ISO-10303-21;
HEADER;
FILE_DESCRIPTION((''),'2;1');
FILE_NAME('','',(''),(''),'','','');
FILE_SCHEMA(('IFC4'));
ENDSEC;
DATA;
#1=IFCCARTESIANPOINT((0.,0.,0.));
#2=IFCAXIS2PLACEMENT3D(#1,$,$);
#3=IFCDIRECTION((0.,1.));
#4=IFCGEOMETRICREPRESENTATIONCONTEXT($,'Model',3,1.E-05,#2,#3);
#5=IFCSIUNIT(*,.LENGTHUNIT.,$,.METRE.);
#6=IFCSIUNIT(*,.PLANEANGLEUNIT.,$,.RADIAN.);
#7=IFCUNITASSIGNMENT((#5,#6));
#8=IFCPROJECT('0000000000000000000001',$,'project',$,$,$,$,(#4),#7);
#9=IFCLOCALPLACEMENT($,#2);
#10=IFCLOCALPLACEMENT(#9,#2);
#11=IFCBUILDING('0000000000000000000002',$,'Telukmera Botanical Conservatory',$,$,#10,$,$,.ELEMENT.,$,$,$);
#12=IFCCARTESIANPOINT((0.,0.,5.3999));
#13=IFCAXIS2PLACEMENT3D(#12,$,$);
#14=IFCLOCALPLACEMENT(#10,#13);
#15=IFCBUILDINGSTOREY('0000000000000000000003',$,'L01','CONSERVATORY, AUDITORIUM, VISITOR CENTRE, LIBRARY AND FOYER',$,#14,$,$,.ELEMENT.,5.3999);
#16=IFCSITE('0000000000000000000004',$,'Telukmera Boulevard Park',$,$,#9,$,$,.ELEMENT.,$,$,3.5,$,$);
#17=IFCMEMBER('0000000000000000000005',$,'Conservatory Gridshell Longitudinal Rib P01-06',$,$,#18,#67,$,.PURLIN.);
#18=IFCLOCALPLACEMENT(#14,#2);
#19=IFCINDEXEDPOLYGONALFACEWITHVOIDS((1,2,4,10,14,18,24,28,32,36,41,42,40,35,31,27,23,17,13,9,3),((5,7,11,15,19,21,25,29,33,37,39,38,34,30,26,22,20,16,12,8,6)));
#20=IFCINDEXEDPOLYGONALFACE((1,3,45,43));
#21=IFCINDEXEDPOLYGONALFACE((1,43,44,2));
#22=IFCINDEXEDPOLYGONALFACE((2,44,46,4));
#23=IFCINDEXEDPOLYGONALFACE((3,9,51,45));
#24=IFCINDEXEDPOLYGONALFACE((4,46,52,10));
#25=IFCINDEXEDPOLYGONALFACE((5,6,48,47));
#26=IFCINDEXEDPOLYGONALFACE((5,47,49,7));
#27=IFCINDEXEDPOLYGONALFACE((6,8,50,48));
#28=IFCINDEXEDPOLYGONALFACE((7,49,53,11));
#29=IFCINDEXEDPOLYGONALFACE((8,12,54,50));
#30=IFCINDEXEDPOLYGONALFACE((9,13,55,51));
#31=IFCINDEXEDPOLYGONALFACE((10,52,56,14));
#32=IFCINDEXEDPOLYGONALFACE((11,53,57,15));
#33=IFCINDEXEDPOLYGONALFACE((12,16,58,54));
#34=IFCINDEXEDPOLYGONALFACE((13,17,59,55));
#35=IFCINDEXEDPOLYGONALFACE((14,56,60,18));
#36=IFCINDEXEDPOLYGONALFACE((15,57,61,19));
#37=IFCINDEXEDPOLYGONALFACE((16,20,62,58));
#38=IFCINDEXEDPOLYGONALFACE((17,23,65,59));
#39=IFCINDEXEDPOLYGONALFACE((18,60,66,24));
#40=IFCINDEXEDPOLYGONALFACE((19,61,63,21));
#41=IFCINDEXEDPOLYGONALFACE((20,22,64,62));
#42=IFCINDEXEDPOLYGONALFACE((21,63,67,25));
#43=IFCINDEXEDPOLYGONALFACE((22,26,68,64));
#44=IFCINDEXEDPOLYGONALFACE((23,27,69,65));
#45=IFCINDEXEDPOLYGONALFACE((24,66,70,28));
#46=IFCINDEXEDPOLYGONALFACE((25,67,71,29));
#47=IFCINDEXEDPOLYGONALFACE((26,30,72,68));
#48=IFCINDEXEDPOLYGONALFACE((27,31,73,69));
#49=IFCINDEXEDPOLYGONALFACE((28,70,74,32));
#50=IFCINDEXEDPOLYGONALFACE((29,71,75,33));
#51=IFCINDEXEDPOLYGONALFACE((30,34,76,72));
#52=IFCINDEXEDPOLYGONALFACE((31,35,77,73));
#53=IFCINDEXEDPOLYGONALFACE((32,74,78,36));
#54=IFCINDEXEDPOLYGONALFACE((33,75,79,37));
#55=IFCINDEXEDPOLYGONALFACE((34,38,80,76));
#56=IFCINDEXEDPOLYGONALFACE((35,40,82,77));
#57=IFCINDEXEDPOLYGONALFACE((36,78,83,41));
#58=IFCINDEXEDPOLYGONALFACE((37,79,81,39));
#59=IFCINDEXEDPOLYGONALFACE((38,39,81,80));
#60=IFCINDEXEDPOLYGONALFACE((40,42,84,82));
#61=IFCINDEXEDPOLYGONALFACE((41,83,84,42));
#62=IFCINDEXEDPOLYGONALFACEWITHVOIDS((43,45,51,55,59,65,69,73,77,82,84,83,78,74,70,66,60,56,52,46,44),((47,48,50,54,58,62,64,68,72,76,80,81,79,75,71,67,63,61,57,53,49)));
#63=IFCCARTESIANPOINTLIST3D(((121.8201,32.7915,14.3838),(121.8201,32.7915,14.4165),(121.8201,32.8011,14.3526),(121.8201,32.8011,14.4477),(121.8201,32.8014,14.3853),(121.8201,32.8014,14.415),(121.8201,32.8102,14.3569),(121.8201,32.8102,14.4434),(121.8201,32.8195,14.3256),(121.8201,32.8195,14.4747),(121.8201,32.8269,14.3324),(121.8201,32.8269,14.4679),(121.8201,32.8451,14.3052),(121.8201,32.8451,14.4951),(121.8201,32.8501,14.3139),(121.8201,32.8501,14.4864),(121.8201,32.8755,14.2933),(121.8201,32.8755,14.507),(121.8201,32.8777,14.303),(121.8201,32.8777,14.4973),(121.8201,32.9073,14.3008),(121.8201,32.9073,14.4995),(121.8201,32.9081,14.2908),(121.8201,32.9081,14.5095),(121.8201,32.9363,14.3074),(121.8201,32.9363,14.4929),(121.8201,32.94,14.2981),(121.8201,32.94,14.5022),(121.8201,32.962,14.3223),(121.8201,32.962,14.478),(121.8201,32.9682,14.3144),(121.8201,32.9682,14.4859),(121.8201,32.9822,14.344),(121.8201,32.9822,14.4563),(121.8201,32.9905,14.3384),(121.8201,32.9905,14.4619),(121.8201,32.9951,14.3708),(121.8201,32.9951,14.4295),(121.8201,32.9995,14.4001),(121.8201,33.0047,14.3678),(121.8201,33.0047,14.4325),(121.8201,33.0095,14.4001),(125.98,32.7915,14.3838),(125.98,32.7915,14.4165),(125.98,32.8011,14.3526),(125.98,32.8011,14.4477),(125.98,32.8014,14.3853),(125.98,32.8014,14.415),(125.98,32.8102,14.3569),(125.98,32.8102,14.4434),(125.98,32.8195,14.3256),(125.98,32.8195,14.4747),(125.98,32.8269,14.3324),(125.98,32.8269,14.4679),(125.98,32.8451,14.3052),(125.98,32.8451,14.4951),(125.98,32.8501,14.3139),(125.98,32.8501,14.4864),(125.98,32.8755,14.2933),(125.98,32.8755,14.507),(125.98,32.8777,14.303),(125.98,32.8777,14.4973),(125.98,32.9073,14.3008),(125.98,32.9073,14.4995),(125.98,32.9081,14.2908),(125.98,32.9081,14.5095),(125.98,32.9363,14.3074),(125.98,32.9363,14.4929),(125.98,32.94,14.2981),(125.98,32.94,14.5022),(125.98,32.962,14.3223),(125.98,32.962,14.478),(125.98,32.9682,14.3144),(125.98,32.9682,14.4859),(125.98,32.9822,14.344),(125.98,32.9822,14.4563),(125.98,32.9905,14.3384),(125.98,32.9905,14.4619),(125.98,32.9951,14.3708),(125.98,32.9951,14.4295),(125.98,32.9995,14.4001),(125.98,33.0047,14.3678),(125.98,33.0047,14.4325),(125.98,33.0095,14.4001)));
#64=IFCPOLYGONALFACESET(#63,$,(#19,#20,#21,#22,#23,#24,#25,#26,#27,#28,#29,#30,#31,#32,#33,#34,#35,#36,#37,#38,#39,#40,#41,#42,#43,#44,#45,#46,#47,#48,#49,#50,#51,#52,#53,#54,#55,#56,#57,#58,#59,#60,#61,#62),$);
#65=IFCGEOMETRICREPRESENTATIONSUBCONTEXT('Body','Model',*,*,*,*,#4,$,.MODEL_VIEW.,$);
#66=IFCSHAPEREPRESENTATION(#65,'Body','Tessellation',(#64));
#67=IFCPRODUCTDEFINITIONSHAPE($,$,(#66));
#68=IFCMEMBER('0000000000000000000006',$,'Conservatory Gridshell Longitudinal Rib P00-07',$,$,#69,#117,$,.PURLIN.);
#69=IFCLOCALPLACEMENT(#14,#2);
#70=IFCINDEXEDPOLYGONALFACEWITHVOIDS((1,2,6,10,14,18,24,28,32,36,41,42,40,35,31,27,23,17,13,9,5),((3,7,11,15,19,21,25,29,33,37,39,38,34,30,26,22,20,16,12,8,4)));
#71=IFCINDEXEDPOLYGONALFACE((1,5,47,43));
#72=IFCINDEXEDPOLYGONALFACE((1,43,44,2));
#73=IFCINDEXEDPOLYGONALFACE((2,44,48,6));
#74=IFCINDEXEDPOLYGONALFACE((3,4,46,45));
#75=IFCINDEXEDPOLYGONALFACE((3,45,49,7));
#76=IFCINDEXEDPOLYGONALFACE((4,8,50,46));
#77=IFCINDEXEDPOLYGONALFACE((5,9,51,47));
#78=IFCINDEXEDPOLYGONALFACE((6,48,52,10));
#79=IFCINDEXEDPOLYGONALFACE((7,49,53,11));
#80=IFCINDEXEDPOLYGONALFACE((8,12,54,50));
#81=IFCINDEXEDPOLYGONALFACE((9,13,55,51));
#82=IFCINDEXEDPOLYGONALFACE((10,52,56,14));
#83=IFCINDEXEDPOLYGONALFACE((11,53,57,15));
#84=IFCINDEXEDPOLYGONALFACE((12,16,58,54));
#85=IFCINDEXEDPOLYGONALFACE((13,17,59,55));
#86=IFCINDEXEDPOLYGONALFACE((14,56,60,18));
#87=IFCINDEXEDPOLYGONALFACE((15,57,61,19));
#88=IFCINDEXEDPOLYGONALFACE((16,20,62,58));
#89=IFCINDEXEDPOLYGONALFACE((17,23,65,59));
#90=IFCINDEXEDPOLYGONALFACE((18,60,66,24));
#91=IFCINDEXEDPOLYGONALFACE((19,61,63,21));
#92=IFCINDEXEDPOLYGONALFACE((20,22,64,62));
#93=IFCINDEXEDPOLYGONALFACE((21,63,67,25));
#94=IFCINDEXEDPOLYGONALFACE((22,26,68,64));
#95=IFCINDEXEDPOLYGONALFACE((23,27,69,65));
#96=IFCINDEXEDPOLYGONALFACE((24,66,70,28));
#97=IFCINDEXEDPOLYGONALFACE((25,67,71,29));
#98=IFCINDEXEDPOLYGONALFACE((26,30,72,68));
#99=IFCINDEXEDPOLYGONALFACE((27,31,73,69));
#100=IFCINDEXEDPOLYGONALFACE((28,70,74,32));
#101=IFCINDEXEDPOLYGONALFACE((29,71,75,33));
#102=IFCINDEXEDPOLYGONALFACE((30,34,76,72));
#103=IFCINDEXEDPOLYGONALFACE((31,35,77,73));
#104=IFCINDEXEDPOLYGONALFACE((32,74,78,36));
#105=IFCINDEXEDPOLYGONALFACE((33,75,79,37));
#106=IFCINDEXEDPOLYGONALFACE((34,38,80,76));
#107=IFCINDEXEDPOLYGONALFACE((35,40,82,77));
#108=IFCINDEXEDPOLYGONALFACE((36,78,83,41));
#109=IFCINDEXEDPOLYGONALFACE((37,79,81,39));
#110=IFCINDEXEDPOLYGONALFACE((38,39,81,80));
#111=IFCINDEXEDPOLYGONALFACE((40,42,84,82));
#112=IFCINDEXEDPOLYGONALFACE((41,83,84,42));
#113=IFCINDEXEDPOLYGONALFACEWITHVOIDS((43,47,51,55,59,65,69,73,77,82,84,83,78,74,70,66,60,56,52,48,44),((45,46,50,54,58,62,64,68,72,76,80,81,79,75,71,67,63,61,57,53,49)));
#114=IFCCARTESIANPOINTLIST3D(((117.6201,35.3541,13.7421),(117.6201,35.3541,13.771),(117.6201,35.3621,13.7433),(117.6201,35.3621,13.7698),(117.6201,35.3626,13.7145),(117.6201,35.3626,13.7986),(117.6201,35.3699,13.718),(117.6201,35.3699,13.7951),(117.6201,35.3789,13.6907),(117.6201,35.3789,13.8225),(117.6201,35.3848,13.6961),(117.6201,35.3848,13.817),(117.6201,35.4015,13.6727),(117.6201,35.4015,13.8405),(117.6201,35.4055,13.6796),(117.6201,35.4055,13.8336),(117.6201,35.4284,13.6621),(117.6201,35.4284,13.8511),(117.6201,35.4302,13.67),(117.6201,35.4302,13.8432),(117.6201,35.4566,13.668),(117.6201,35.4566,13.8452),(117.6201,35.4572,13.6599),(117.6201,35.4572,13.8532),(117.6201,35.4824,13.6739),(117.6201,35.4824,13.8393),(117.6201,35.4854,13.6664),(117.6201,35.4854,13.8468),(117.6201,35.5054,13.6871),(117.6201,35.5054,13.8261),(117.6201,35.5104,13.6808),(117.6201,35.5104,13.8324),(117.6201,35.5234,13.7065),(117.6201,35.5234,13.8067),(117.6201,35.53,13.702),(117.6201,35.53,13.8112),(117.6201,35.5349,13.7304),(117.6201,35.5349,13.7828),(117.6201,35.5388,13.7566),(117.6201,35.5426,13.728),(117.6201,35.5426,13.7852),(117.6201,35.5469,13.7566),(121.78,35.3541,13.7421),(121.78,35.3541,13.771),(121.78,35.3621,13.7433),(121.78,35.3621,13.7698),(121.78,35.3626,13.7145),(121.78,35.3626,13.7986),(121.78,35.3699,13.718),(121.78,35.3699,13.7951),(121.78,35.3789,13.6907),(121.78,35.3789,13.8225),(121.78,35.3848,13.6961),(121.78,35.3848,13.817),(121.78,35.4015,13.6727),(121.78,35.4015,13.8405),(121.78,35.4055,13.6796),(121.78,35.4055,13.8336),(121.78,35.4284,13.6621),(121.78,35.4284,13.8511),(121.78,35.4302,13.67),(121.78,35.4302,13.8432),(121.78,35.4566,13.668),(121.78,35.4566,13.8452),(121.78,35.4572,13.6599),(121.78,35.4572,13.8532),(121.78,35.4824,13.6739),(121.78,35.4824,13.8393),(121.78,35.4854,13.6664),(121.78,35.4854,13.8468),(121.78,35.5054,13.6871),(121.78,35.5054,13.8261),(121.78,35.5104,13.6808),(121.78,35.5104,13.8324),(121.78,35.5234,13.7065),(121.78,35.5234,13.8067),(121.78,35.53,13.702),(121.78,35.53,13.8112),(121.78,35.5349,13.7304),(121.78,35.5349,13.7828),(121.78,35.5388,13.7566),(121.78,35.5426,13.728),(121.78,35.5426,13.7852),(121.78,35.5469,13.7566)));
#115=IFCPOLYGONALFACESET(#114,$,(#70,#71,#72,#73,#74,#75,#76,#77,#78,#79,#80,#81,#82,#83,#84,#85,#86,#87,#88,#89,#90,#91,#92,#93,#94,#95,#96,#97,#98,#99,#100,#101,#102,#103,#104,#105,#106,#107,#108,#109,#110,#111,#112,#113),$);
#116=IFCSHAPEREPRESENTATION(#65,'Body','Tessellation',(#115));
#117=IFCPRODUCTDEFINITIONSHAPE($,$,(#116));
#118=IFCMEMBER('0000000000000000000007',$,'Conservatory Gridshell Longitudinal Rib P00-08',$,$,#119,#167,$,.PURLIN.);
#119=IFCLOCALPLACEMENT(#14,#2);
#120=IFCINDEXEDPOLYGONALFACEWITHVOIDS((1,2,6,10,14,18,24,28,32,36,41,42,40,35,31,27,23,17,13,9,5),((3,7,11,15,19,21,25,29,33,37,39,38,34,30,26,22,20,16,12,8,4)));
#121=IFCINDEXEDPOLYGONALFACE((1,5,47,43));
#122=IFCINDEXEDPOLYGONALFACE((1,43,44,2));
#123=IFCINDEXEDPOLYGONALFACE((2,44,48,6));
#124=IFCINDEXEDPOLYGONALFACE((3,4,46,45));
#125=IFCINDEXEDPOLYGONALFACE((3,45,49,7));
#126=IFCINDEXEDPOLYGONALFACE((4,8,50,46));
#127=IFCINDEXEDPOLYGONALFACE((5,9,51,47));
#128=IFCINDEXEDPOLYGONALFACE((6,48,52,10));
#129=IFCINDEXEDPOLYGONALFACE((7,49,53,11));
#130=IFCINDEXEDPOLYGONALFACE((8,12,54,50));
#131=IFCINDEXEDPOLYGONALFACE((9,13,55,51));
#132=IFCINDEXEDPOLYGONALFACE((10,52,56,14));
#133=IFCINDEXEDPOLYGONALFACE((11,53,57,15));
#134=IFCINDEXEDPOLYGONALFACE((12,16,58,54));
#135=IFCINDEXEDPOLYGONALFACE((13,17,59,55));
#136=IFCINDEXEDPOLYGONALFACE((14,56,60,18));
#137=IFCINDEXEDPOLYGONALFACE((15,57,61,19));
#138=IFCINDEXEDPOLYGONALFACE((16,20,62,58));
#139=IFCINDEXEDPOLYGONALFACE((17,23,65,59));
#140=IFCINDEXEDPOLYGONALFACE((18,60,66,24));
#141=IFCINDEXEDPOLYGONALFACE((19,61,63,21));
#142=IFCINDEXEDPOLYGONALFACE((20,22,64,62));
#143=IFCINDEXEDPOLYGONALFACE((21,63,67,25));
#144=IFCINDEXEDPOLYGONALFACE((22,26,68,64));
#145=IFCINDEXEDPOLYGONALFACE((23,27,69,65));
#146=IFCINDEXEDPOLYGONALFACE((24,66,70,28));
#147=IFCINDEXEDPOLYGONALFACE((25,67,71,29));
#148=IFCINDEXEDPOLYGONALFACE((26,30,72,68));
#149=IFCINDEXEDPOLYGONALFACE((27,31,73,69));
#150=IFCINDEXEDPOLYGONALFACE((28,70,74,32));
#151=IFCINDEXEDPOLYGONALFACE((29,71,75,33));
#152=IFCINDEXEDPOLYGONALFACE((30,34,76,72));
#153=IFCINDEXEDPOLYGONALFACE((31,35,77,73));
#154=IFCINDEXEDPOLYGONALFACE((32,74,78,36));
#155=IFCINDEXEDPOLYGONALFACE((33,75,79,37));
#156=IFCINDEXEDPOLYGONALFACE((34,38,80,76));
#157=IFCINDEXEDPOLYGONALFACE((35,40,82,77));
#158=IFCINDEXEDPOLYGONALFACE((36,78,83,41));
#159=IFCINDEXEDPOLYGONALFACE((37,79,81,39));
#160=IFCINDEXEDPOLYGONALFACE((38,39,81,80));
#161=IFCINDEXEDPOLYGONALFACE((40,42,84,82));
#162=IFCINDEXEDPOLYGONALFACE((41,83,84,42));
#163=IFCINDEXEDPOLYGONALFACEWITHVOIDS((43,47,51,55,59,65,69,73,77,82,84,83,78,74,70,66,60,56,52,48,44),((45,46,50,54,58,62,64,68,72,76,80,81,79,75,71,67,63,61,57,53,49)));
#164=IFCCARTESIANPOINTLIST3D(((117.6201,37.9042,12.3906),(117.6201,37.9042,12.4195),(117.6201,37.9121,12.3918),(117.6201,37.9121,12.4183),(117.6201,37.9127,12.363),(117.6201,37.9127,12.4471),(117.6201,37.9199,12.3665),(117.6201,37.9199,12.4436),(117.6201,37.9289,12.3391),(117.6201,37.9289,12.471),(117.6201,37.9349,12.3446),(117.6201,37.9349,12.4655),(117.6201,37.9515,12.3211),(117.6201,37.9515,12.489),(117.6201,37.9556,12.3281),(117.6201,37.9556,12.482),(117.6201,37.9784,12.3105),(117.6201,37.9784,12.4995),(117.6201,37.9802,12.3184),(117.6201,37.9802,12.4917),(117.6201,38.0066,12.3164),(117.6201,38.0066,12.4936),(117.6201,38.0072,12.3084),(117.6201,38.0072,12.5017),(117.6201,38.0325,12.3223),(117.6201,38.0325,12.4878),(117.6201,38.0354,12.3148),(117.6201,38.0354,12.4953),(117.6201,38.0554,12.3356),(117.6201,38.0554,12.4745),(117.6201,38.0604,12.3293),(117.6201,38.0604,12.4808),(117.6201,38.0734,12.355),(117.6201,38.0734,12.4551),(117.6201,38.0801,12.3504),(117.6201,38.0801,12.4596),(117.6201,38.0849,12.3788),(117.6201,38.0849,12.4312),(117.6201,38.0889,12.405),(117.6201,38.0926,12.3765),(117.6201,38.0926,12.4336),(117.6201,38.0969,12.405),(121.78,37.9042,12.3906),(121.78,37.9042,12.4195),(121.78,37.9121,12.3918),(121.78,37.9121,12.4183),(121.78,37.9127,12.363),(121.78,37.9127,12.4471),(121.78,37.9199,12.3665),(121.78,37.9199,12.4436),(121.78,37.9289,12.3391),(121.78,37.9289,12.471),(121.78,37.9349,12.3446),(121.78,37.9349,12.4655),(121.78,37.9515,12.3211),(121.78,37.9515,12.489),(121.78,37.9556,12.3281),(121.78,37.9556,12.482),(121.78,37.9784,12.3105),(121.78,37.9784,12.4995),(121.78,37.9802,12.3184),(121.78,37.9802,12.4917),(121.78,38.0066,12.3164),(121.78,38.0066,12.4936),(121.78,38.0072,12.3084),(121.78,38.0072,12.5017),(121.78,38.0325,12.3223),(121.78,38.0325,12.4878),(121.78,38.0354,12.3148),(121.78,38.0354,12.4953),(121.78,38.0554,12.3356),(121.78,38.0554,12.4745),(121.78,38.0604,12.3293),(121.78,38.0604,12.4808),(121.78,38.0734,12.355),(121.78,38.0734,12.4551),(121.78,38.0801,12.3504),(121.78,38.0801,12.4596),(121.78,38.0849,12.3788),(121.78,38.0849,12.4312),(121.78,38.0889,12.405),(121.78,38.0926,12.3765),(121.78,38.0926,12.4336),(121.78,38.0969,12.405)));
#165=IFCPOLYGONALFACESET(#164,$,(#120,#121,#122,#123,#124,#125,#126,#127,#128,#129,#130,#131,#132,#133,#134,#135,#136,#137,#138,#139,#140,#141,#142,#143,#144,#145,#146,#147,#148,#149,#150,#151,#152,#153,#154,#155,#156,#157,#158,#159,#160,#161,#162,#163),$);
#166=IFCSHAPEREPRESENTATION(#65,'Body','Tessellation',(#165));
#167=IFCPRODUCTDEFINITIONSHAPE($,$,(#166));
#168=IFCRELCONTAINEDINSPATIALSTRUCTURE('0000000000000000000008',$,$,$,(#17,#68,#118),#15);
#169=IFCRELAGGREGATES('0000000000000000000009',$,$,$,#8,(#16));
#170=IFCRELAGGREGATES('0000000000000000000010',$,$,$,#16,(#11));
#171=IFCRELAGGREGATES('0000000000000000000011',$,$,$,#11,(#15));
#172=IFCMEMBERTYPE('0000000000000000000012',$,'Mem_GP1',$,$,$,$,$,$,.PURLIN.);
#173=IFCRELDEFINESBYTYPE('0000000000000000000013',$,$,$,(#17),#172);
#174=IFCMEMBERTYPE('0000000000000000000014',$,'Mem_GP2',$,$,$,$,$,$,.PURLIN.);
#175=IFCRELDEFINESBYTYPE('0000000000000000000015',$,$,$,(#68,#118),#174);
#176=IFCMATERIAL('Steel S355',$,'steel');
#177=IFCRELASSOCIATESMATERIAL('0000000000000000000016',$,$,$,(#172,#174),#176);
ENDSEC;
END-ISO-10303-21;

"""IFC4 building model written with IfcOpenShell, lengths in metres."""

from ifc_helpers import new_model, si_unit, direction, frame, origin, origin_2d, place, context, subcontext, project, spatial, hollow_circle, extrude, material, material_profile, profile_set, type_object, element, save


model = new_model("IFC4")

# Units and contexts
model_context = context("Model", 3, precision=1e-05, world=origin(), true_north=direction((0.0, 1.0)))
body_context = subcontext(model_context, "Body", "Model", "MODEL_VIEW")
ifc_project = project(units=[si_unit("LENGTHUNIT", "METRE"), si_unit("PLANEANGLEUNIT", "RADIAN")], contexts=[model_context])

# Site, building, storey
site_placement = place(None, origin())
site = spatial("IfcSite", under=ifc_project, at=site_placement, Name="Telukmera Boulevard Park", CompositionType="ELEMENT", RefElevation=3.5)
building_placement = place(site_placement, origin())
building = spatial("IfcBuilding", under=site, at=building_placement, Name="Telukmera Botanical Conservatory", CompositionType="ELEMENT")
storey_placement = place(building_placement, frame((0.0, 0.0, 5.3999)))
storey = spatial("IfcBuildingStorey", under=building, at=storey_placement, Name="L01", Description="CONSERVATORY, AUDITORIUM, VISITOR CENTRE, LIBRARY AND FOYER", CompositionType="ELEMENT", Elevation=5.3999)

# Shared definitions
ifc_material = material(Name="Steel S355", Category="steel")

# Members
ifc_material_profile_1 = material_profile(ifc_material, hollow_circle(Radius=0.1096, WallThickness=0.01, at=origin_2d()), Name="CHS 219.1x10.0")
ifc_profile_set_1 = profile_set([ifc_material_profile_1], Name="Steel S355")
member_type_1 = type_object("IfcMemberType", Name="Mem_GP1", PredefinedType="PURLIN", material=ifc_profile_set_1)
for number, where, z_axis, x_axis, name in (
    (1, (121.8201, 32.8999, 14.4001), (1.0, 0.0, 0.0), (0.0, 1.0, 0.0), "Conservatory Gridshell Longitudinal Rib P01-06"),
):
    element("IfcMember", number, at=place(storey_placement, frame(where, z_axis=z_axis, x_axis=x_axis)), inside=storey, type_object=member_type_1, Name=name, PredefinedType="PURLIN", context=body_context, shape_type="SweptSolid", body=[
        extrude(hollow_circle(Radius=0.1096, WallThickness=0.01, at=origin_2d()), origin(), (0.0, 0.0, 1.0), 4.1599),
    ])
ifc_material_profile_2 = material_profile(ifc_material, hollow_circle(Radius=0.0969, WallThickness=0.0081, at=origin_2d()), Name="CHS 193.7x8.0")
ifc_profile_set_2 = profile_set([ifc_material_profile_2], Name="Steel S355")
member_type_2 = type_object("IfcMemberType", Name="Mem_GP2", PredefinedType="PURLIN", material=ifc_profile_set_2)
for number, where, z_axis, x_axis, name in (
    (2, (117.6201, 35.45, 13.7566), (1.0, 0.0, 0.0), (0.0, 1.0, 0.0), "Conservatory Gridshell Longitudinal Rib P00-07"),
    (3, (117.6201, 38.0, 12.405), (1.0, 0.0, 0.0), (0.0, 1.0, 0.0), "Conservatory Gridshell Longitudinal Rib P00-08"),
):
    element("IfcMember", number, at=place(storey_placement, frame(where, z_axis=z_axis, x_axis=x_axis)), inside=storey, type_object=member_type_2, Name=name, PredefinedType="PURLIN", context=body_context, shape_type="SweptSolid", body=[
        extrude(hollow_circle(Radius=0.0969, WallThickness=0.0081, at=origin_2d()), origin(), (0.0, 0.0, 1.0), 4.1599),
    ])

save(model, "model.ifc")
